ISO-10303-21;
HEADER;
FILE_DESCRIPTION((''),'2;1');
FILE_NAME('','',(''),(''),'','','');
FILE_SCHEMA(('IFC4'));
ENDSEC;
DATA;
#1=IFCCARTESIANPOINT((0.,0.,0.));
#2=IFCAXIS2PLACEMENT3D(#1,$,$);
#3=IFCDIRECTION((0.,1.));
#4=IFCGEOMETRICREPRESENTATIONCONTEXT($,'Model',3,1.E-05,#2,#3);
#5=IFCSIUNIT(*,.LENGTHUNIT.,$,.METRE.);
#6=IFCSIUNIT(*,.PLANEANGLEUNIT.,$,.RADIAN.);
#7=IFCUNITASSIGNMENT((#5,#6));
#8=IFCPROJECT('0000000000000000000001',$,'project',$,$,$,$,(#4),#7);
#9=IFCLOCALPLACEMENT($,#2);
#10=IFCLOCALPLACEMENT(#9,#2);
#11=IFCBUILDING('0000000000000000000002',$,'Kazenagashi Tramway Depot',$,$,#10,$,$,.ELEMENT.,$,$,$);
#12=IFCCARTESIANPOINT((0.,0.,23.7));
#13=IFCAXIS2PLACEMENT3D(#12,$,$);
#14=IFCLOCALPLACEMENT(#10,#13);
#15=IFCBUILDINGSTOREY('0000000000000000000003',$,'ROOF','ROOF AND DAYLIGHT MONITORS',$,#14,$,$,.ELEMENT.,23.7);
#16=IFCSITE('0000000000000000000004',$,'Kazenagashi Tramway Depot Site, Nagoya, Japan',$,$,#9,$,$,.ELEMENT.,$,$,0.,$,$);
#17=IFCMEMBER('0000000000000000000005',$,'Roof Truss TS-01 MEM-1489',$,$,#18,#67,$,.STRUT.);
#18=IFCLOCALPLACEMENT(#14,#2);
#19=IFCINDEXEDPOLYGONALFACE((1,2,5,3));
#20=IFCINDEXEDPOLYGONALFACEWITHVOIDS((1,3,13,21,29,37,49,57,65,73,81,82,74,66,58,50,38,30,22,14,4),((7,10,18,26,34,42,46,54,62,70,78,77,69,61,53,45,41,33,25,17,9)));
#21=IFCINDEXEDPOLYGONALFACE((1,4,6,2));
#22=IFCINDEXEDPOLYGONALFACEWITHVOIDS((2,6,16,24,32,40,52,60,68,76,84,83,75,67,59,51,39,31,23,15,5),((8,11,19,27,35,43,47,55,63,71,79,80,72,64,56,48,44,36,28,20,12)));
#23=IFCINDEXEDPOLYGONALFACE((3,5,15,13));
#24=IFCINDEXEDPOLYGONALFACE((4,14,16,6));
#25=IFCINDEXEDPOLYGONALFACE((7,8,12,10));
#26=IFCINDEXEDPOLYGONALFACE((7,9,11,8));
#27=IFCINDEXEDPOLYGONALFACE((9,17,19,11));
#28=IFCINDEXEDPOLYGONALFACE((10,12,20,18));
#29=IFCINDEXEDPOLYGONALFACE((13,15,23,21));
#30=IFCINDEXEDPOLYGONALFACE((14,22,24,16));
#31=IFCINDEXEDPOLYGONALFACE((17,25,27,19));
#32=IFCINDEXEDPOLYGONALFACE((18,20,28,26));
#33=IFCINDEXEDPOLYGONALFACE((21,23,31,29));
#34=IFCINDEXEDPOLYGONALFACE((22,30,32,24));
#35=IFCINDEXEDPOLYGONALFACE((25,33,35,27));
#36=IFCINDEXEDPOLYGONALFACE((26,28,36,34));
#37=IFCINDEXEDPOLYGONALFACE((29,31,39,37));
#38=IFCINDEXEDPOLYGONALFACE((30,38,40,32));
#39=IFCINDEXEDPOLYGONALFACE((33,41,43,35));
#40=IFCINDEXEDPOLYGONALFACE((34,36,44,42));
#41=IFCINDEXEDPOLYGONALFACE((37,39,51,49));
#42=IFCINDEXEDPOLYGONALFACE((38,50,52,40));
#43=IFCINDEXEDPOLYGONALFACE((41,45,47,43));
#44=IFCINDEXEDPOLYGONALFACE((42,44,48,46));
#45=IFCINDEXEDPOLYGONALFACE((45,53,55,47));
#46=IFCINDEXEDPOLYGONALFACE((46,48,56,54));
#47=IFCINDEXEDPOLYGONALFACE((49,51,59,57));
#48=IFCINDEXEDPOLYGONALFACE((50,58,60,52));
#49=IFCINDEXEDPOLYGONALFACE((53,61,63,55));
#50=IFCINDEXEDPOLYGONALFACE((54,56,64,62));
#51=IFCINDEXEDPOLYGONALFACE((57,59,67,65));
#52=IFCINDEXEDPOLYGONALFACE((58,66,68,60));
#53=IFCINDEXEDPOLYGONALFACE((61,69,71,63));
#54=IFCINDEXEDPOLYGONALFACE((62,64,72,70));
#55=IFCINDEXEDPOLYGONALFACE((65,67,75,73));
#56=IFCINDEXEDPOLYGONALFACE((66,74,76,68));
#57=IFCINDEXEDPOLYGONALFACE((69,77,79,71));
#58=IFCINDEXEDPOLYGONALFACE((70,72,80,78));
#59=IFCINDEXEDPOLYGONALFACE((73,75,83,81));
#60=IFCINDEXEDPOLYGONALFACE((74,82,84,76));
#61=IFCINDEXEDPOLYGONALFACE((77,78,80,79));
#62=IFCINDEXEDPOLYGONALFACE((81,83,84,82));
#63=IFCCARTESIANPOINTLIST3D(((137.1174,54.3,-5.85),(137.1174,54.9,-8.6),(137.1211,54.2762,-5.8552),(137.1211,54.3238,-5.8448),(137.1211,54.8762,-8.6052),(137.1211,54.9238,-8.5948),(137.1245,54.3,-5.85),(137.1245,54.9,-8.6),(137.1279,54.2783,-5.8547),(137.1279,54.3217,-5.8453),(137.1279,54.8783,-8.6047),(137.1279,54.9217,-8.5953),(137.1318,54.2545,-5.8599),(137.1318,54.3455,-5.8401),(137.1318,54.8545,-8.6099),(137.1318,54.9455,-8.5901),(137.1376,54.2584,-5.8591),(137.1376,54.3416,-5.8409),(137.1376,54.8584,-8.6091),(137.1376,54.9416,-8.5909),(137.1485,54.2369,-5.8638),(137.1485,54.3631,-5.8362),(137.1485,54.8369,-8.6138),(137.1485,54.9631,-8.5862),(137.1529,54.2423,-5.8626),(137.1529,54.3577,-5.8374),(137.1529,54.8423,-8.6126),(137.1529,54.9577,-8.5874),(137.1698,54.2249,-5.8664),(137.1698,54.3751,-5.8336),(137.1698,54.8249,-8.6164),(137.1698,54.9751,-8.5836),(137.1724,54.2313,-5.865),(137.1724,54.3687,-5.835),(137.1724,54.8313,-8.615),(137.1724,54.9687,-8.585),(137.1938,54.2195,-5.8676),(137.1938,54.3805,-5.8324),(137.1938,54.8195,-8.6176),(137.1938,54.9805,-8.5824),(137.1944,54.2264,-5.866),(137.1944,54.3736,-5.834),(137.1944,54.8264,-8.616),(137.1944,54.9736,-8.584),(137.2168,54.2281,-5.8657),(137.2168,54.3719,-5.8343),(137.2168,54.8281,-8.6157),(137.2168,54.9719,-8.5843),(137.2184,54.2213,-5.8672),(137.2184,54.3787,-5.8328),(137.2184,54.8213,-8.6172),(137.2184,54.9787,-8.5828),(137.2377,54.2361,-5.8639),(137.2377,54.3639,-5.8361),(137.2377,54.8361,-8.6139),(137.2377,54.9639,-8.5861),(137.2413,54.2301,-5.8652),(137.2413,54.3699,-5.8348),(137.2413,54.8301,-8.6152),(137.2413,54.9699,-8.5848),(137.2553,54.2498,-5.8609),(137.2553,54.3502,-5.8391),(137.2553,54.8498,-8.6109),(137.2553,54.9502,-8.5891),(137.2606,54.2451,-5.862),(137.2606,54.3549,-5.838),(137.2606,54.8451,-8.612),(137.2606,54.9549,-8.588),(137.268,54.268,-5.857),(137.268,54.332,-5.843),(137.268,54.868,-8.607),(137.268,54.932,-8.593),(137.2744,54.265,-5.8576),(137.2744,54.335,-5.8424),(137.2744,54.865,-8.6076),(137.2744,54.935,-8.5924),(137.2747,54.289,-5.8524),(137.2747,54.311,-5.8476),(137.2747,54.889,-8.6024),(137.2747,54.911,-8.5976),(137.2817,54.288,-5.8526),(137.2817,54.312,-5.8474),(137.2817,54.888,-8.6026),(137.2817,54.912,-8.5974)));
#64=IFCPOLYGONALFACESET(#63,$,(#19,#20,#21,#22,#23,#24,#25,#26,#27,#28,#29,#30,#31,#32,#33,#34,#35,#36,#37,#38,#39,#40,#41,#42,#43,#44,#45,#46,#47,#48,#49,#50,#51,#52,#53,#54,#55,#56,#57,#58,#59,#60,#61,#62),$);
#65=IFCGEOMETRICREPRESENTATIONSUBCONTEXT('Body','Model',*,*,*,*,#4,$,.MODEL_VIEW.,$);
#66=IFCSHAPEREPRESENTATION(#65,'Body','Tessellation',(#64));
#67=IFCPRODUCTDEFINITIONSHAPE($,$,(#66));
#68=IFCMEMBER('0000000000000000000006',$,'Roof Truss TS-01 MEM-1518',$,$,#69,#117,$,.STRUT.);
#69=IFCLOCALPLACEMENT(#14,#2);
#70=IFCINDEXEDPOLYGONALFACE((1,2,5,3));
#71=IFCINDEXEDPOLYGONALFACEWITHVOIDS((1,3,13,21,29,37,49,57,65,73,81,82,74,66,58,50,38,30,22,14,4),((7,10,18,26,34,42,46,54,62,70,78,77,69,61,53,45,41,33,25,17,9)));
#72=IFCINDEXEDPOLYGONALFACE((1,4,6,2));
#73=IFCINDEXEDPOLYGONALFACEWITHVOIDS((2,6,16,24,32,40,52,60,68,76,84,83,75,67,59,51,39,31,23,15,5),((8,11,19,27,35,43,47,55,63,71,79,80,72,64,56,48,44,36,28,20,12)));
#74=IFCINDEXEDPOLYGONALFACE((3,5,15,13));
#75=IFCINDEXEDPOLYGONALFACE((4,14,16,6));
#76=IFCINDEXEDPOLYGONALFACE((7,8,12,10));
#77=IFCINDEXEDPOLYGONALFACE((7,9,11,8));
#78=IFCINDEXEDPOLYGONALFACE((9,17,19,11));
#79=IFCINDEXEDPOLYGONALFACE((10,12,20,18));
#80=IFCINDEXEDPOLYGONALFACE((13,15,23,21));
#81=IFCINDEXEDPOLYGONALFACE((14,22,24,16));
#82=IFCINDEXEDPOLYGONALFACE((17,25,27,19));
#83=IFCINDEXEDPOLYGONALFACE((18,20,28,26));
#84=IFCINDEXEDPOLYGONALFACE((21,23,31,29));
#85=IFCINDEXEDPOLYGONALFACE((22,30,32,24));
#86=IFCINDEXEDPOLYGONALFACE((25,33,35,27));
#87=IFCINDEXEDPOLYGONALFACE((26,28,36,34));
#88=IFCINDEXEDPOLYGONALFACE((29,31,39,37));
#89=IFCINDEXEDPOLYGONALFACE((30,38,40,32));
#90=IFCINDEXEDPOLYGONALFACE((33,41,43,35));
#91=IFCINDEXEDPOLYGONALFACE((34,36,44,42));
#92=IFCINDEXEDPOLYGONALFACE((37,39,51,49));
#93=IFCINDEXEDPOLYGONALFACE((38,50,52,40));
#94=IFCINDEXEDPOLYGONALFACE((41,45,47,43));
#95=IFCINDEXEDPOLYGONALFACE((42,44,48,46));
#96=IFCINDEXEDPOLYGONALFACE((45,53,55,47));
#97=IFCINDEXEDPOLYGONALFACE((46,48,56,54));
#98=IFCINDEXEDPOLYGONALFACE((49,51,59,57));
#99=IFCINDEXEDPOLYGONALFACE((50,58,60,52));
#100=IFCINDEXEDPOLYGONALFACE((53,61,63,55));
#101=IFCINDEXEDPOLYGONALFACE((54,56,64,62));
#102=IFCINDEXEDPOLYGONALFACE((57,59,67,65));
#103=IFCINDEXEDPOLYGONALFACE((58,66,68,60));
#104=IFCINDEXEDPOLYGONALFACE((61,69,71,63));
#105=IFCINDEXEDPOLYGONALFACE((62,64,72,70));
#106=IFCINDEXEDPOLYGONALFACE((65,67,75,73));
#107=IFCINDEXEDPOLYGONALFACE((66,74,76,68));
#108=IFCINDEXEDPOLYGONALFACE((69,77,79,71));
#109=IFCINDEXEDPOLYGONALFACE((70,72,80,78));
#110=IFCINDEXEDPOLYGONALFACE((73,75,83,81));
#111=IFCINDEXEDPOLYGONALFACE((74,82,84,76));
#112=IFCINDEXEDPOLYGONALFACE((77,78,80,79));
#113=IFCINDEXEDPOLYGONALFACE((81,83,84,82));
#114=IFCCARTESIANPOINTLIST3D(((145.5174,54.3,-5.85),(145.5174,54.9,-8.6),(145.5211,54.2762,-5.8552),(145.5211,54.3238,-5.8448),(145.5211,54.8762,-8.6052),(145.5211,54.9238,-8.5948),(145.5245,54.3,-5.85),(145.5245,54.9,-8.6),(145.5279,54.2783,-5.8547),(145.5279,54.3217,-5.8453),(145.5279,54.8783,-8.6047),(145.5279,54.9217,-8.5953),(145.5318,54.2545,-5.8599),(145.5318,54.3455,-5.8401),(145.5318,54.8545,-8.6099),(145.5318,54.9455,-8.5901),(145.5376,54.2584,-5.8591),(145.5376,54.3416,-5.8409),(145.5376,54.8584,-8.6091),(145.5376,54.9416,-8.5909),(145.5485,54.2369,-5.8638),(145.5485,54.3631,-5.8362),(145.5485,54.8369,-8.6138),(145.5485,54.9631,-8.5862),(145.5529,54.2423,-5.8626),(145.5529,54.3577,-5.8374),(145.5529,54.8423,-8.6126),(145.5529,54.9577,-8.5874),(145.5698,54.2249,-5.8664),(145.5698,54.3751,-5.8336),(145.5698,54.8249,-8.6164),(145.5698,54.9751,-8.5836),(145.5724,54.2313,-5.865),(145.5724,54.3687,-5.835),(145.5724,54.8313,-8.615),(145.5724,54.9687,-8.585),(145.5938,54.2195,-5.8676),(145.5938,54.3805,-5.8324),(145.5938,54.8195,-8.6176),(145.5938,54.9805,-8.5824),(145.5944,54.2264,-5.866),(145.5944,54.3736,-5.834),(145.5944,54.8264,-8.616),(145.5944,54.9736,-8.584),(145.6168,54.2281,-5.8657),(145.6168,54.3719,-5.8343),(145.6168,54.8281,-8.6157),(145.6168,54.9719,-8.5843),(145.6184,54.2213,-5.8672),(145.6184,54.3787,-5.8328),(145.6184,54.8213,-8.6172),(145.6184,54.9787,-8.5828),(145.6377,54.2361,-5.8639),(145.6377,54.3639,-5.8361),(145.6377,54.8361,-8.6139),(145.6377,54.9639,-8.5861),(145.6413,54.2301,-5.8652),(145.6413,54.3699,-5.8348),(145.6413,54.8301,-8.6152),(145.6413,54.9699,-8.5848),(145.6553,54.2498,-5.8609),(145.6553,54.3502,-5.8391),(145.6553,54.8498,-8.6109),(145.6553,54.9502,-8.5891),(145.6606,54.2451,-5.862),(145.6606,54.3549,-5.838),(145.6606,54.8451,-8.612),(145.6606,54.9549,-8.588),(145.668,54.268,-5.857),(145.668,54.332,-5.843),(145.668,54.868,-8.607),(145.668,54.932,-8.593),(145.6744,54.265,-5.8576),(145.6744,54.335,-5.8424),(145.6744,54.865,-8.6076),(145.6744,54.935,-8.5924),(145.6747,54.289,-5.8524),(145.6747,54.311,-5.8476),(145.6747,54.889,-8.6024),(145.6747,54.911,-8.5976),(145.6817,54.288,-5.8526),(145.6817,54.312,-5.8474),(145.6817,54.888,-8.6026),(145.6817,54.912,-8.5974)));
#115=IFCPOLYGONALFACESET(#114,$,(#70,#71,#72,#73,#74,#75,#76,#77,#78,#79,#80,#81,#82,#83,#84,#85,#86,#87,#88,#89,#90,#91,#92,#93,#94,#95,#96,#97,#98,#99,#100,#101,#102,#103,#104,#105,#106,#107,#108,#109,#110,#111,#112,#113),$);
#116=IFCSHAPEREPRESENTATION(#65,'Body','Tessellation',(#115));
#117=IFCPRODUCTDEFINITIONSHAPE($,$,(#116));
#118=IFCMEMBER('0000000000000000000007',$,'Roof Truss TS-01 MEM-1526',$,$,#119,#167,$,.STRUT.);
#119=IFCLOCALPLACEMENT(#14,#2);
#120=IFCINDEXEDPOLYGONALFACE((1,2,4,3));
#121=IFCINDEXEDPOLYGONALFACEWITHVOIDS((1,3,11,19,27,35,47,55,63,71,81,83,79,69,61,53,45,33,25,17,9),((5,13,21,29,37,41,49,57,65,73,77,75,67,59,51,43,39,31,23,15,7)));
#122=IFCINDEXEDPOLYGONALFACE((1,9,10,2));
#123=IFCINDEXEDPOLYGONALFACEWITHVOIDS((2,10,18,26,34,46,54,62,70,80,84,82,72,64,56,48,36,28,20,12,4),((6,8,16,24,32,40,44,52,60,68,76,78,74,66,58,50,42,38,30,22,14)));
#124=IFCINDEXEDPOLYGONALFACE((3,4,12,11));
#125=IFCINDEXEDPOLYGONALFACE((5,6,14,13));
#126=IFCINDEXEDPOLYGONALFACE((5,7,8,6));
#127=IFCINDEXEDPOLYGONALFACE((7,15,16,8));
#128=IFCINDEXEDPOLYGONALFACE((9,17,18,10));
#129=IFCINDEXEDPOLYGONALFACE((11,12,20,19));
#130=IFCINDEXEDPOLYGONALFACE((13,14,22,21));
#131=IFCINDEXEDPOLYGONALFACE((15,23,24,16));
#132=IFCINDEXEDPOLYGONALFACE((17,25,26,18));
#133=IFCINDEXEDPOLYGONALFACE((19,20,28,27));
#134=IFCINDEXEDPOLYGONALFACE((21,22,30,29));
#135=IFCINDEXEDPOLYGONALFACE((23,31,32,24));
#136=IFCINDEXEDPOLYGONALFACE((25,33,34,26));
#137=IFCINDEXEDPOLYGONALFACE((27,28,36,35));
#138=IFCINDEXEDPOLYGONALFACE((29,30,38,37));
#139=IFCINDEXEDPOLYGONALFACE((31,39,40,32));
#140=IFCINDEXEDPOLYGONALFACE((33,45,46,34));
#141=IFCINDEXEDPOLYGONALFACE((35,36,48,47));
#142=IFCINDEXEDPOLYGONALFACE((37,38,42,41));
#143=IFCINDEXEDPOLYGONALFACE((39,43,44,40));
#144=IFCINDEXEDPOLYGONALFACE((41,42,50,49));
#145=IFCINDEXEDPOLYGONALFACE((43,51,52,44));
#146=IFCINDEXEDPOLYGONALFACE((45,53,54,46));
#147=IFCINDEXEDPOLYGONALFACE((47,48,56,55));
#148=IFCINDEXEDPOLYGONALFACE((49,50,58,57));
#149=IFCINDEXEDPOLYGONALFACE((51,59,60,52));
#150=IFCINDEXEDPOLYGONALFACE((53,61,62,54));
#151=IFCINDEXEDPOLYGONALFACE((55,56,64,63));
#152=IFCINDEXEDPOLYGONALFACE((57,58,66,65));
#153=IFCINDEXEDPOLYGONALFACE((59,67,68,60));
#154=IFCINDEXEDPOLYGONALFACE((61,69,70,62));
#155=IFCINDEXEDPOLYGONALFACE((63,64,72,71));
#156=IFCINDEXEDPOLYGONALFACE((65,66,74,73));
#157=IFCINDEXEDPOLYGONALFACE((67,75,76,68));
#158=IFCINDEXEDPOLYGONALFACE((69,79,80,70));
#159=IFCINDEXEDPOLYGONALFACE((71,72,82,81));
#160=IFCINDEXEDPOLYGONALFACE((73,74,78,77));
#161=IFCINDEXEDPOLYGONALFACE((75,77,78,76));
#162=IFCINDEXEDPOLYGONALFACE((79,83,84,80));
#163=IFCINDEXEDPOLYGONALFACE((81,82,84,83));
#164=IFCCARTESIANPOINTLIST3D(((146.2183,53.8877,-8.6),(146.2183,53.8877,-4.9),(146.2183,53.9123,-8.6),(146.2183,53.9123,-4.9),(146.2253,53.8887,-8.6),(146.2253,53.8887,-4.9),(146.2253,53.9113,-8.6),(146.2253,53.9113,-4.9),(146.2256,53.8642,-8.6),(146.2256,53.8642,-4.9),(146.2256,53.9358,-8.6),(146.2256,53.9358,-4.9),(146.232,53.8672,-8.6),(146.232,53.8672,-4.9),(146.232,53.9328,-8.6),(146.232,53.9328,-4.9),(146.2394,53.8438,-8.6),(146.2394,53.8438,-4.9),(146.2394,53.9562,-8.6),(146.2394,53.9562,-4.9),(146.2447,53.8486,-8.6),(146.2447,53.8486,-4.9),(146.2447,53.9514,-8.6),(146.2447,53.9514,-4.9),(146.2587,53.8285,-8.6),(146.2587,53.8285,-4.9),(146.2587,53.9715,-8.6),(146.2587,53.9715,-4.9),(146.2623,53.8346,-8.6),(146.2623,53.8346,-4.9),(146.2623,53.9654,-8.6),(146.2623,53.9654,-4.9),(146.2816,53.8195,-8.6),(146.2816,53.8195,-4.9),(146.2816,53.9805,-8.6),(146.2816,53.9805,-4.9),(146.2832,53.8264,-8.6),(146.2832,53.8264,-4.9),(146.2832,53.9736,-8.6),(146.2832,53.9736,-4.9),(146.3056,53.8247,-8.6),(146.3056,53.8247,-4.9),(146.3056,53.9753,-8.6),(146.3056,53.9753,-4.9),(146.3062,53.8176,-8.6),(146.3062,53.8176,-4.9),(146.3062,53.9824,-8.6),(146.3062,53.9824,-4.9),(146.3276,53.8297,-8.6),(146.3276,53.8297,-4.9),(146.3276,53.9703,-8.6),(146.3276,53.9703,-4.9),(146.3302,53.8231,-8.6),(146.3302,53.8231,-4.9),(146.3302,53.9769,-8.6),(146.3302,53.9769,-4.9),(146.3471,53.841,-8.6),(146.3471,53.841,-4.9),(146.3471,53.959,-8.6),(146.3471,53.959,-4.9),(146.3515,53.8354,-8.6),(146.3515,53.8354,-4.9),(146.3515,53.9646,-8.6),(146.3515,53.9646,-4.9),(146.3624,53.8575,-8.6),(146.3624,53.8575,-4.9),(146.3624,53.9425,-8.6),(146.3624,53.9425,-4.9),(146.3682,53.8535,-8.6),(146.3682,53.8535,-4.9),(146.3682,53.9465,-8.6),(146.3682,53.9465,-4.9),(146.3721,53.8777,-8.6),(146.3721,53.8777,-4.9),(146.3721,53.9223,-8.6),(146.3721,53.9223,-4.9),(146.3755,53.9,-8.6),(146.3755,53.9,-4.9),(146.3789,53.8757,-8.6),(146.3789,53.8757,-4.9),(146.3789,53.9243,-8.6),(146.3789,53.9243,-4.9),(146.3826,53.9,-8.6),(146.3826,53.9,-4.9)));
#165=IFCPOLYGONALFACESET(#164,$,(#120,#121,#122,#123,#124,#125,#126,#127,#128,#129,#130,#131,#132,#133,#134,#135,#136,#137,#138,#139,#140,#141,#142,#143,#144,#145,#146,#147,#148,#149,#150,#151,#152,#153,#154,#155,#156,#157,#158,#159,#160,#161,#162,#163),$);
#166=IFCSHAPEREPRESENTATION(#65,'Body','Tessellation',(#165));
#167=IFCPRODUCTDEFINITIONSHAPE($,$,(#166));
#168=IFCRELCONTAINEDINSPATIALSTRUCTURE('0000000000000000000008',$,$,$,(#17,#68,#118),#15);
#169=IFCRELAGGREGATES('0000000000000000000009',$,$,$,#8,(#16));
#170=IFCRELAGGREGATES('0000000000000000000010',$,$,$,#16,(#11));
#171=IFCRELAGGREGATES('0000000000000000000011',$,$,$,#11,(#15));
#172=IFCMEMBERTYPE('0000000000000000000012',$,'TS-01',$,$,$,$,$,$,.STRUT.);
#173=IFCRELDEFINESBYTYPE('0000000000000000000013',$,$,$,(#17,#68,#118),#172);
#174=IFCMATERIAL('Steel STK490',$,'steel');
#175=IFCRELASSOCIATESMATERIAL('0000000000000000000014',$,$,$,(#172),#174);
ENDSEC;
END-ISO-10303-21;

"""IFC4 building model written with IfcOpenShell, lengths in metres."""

from ifc_helpers import new_model, si_unit, direction, frame, origin, origin_2d, place, context, subcontext, project, spatial, hollow_circle, extrude, material, material_profile, profile_set, type_object, element, save


model = new_model("IFC4")

# Units and contexts
model_context = context("Model", 3, precision=1e-05, world=origin(), true_north=direction((0.0, 1.0)))
body_context = subcontext(model_context, "Body", "Model", "MODEL_VIEW")
ifc_project = project(units=[si_unit("LENGTHUNIT", "METRE"), si_unit("PLANEANGLEUNIT", "RADIAN")], contexts=[model_context])

# Site, building, storey
site_placement = place(None, origin())
site = spatial("IfcSite", under=ifc_project, at=site_placement, Name="Kazenagashi Tramway Depot Site, Nagoya, Japan", CompositionType="ELEMENT", RefElevation=0.0)
building_placement = place(site_placement, origin())
building = spatial("IfcBuilding", under=site, at=building_placement, Name="Kazenagashi Tramway Depot", CompositionType="ELEMENT")
storey_placement = place(building_placement, frame((0.0, 0.0, 23.7)))
storey = spatial("IfcBuildingStorey", under=building, at=storey_placement, Name="ROOF", Description="ROOF AND DAYLIGHT MONITORS", CompositionType="ELEMENT", Elevation=23.7)

# Members
ifc_material_1 = material(Name="Steel STK490", Category="steel")
ifc_material_profile_1 = material_profile(ifc_material_1, hollow_circle(Radius=0.0826, WallThickness=0.0071, at=origin_2d()), Name="CHS-165.2x7.1")
ifc_profile_set_1 = profile_set([ifc_material_profile_1], Name="Steel STK490")
member_type_1 = type_object("IfcMemberType", Name="TS-01", PredefinedType="STRUT", material=ifc_profile_set_1)
for number, where, z_axis, x_axis, name in (
    (1, (137.2, 54.3, -5.85), (0.0, 0.213167, -0.977016), (-1.0, 0.0, 0.0), "Roof Truss TS-01 MEM-1489"),
    (2, (145.6, 54.3, -5.85), (0.0, 0.213167, -0.977016), (-1.0, 0.0, 0.0), "Roof Truss TS-01 MEM-1518"),
):
    element("IfcMember", number, at=place(storey_placement, frame(where, z_axis=z_axis, x_axis=x_axis)), inside=storey, type_object=member_type_1, Name=name, PredefinedType="STRUT", context=body_context, shape_type="SweptSolid", body=[
        extrude(hollow_circle(Radius=0.0826, WallThickness=0.0071, at=origin_2d()), origin(), (0.0, 0.0, 1.0), 2.8147),
    ])
for number, where, z_axis, x_axis, name in (
    (3, (146.3, 53.9, -8.6), (0.0, 0.0, 1.0), (1.0, 0.0, 0.0), "Roof Truss TS-01 MEM-1526"),
):
    element("IfcMember", number, at=place(storey_placement, frame(where, z_axis=z_axis, x_axis=x_axis)), inside=storey, type_object=member_type_1, Name=name, PredefinedType="STRUT", context=body_context, shape_type="SweptSolid", body=[
        extrude(hollow_circle(Radius=0.0826, WallThickness=0.0071, at=origin_2d()), origin(), (0.0, 0.0, 1.0), 3.7),
    ])

save(model, "model.ifc")
